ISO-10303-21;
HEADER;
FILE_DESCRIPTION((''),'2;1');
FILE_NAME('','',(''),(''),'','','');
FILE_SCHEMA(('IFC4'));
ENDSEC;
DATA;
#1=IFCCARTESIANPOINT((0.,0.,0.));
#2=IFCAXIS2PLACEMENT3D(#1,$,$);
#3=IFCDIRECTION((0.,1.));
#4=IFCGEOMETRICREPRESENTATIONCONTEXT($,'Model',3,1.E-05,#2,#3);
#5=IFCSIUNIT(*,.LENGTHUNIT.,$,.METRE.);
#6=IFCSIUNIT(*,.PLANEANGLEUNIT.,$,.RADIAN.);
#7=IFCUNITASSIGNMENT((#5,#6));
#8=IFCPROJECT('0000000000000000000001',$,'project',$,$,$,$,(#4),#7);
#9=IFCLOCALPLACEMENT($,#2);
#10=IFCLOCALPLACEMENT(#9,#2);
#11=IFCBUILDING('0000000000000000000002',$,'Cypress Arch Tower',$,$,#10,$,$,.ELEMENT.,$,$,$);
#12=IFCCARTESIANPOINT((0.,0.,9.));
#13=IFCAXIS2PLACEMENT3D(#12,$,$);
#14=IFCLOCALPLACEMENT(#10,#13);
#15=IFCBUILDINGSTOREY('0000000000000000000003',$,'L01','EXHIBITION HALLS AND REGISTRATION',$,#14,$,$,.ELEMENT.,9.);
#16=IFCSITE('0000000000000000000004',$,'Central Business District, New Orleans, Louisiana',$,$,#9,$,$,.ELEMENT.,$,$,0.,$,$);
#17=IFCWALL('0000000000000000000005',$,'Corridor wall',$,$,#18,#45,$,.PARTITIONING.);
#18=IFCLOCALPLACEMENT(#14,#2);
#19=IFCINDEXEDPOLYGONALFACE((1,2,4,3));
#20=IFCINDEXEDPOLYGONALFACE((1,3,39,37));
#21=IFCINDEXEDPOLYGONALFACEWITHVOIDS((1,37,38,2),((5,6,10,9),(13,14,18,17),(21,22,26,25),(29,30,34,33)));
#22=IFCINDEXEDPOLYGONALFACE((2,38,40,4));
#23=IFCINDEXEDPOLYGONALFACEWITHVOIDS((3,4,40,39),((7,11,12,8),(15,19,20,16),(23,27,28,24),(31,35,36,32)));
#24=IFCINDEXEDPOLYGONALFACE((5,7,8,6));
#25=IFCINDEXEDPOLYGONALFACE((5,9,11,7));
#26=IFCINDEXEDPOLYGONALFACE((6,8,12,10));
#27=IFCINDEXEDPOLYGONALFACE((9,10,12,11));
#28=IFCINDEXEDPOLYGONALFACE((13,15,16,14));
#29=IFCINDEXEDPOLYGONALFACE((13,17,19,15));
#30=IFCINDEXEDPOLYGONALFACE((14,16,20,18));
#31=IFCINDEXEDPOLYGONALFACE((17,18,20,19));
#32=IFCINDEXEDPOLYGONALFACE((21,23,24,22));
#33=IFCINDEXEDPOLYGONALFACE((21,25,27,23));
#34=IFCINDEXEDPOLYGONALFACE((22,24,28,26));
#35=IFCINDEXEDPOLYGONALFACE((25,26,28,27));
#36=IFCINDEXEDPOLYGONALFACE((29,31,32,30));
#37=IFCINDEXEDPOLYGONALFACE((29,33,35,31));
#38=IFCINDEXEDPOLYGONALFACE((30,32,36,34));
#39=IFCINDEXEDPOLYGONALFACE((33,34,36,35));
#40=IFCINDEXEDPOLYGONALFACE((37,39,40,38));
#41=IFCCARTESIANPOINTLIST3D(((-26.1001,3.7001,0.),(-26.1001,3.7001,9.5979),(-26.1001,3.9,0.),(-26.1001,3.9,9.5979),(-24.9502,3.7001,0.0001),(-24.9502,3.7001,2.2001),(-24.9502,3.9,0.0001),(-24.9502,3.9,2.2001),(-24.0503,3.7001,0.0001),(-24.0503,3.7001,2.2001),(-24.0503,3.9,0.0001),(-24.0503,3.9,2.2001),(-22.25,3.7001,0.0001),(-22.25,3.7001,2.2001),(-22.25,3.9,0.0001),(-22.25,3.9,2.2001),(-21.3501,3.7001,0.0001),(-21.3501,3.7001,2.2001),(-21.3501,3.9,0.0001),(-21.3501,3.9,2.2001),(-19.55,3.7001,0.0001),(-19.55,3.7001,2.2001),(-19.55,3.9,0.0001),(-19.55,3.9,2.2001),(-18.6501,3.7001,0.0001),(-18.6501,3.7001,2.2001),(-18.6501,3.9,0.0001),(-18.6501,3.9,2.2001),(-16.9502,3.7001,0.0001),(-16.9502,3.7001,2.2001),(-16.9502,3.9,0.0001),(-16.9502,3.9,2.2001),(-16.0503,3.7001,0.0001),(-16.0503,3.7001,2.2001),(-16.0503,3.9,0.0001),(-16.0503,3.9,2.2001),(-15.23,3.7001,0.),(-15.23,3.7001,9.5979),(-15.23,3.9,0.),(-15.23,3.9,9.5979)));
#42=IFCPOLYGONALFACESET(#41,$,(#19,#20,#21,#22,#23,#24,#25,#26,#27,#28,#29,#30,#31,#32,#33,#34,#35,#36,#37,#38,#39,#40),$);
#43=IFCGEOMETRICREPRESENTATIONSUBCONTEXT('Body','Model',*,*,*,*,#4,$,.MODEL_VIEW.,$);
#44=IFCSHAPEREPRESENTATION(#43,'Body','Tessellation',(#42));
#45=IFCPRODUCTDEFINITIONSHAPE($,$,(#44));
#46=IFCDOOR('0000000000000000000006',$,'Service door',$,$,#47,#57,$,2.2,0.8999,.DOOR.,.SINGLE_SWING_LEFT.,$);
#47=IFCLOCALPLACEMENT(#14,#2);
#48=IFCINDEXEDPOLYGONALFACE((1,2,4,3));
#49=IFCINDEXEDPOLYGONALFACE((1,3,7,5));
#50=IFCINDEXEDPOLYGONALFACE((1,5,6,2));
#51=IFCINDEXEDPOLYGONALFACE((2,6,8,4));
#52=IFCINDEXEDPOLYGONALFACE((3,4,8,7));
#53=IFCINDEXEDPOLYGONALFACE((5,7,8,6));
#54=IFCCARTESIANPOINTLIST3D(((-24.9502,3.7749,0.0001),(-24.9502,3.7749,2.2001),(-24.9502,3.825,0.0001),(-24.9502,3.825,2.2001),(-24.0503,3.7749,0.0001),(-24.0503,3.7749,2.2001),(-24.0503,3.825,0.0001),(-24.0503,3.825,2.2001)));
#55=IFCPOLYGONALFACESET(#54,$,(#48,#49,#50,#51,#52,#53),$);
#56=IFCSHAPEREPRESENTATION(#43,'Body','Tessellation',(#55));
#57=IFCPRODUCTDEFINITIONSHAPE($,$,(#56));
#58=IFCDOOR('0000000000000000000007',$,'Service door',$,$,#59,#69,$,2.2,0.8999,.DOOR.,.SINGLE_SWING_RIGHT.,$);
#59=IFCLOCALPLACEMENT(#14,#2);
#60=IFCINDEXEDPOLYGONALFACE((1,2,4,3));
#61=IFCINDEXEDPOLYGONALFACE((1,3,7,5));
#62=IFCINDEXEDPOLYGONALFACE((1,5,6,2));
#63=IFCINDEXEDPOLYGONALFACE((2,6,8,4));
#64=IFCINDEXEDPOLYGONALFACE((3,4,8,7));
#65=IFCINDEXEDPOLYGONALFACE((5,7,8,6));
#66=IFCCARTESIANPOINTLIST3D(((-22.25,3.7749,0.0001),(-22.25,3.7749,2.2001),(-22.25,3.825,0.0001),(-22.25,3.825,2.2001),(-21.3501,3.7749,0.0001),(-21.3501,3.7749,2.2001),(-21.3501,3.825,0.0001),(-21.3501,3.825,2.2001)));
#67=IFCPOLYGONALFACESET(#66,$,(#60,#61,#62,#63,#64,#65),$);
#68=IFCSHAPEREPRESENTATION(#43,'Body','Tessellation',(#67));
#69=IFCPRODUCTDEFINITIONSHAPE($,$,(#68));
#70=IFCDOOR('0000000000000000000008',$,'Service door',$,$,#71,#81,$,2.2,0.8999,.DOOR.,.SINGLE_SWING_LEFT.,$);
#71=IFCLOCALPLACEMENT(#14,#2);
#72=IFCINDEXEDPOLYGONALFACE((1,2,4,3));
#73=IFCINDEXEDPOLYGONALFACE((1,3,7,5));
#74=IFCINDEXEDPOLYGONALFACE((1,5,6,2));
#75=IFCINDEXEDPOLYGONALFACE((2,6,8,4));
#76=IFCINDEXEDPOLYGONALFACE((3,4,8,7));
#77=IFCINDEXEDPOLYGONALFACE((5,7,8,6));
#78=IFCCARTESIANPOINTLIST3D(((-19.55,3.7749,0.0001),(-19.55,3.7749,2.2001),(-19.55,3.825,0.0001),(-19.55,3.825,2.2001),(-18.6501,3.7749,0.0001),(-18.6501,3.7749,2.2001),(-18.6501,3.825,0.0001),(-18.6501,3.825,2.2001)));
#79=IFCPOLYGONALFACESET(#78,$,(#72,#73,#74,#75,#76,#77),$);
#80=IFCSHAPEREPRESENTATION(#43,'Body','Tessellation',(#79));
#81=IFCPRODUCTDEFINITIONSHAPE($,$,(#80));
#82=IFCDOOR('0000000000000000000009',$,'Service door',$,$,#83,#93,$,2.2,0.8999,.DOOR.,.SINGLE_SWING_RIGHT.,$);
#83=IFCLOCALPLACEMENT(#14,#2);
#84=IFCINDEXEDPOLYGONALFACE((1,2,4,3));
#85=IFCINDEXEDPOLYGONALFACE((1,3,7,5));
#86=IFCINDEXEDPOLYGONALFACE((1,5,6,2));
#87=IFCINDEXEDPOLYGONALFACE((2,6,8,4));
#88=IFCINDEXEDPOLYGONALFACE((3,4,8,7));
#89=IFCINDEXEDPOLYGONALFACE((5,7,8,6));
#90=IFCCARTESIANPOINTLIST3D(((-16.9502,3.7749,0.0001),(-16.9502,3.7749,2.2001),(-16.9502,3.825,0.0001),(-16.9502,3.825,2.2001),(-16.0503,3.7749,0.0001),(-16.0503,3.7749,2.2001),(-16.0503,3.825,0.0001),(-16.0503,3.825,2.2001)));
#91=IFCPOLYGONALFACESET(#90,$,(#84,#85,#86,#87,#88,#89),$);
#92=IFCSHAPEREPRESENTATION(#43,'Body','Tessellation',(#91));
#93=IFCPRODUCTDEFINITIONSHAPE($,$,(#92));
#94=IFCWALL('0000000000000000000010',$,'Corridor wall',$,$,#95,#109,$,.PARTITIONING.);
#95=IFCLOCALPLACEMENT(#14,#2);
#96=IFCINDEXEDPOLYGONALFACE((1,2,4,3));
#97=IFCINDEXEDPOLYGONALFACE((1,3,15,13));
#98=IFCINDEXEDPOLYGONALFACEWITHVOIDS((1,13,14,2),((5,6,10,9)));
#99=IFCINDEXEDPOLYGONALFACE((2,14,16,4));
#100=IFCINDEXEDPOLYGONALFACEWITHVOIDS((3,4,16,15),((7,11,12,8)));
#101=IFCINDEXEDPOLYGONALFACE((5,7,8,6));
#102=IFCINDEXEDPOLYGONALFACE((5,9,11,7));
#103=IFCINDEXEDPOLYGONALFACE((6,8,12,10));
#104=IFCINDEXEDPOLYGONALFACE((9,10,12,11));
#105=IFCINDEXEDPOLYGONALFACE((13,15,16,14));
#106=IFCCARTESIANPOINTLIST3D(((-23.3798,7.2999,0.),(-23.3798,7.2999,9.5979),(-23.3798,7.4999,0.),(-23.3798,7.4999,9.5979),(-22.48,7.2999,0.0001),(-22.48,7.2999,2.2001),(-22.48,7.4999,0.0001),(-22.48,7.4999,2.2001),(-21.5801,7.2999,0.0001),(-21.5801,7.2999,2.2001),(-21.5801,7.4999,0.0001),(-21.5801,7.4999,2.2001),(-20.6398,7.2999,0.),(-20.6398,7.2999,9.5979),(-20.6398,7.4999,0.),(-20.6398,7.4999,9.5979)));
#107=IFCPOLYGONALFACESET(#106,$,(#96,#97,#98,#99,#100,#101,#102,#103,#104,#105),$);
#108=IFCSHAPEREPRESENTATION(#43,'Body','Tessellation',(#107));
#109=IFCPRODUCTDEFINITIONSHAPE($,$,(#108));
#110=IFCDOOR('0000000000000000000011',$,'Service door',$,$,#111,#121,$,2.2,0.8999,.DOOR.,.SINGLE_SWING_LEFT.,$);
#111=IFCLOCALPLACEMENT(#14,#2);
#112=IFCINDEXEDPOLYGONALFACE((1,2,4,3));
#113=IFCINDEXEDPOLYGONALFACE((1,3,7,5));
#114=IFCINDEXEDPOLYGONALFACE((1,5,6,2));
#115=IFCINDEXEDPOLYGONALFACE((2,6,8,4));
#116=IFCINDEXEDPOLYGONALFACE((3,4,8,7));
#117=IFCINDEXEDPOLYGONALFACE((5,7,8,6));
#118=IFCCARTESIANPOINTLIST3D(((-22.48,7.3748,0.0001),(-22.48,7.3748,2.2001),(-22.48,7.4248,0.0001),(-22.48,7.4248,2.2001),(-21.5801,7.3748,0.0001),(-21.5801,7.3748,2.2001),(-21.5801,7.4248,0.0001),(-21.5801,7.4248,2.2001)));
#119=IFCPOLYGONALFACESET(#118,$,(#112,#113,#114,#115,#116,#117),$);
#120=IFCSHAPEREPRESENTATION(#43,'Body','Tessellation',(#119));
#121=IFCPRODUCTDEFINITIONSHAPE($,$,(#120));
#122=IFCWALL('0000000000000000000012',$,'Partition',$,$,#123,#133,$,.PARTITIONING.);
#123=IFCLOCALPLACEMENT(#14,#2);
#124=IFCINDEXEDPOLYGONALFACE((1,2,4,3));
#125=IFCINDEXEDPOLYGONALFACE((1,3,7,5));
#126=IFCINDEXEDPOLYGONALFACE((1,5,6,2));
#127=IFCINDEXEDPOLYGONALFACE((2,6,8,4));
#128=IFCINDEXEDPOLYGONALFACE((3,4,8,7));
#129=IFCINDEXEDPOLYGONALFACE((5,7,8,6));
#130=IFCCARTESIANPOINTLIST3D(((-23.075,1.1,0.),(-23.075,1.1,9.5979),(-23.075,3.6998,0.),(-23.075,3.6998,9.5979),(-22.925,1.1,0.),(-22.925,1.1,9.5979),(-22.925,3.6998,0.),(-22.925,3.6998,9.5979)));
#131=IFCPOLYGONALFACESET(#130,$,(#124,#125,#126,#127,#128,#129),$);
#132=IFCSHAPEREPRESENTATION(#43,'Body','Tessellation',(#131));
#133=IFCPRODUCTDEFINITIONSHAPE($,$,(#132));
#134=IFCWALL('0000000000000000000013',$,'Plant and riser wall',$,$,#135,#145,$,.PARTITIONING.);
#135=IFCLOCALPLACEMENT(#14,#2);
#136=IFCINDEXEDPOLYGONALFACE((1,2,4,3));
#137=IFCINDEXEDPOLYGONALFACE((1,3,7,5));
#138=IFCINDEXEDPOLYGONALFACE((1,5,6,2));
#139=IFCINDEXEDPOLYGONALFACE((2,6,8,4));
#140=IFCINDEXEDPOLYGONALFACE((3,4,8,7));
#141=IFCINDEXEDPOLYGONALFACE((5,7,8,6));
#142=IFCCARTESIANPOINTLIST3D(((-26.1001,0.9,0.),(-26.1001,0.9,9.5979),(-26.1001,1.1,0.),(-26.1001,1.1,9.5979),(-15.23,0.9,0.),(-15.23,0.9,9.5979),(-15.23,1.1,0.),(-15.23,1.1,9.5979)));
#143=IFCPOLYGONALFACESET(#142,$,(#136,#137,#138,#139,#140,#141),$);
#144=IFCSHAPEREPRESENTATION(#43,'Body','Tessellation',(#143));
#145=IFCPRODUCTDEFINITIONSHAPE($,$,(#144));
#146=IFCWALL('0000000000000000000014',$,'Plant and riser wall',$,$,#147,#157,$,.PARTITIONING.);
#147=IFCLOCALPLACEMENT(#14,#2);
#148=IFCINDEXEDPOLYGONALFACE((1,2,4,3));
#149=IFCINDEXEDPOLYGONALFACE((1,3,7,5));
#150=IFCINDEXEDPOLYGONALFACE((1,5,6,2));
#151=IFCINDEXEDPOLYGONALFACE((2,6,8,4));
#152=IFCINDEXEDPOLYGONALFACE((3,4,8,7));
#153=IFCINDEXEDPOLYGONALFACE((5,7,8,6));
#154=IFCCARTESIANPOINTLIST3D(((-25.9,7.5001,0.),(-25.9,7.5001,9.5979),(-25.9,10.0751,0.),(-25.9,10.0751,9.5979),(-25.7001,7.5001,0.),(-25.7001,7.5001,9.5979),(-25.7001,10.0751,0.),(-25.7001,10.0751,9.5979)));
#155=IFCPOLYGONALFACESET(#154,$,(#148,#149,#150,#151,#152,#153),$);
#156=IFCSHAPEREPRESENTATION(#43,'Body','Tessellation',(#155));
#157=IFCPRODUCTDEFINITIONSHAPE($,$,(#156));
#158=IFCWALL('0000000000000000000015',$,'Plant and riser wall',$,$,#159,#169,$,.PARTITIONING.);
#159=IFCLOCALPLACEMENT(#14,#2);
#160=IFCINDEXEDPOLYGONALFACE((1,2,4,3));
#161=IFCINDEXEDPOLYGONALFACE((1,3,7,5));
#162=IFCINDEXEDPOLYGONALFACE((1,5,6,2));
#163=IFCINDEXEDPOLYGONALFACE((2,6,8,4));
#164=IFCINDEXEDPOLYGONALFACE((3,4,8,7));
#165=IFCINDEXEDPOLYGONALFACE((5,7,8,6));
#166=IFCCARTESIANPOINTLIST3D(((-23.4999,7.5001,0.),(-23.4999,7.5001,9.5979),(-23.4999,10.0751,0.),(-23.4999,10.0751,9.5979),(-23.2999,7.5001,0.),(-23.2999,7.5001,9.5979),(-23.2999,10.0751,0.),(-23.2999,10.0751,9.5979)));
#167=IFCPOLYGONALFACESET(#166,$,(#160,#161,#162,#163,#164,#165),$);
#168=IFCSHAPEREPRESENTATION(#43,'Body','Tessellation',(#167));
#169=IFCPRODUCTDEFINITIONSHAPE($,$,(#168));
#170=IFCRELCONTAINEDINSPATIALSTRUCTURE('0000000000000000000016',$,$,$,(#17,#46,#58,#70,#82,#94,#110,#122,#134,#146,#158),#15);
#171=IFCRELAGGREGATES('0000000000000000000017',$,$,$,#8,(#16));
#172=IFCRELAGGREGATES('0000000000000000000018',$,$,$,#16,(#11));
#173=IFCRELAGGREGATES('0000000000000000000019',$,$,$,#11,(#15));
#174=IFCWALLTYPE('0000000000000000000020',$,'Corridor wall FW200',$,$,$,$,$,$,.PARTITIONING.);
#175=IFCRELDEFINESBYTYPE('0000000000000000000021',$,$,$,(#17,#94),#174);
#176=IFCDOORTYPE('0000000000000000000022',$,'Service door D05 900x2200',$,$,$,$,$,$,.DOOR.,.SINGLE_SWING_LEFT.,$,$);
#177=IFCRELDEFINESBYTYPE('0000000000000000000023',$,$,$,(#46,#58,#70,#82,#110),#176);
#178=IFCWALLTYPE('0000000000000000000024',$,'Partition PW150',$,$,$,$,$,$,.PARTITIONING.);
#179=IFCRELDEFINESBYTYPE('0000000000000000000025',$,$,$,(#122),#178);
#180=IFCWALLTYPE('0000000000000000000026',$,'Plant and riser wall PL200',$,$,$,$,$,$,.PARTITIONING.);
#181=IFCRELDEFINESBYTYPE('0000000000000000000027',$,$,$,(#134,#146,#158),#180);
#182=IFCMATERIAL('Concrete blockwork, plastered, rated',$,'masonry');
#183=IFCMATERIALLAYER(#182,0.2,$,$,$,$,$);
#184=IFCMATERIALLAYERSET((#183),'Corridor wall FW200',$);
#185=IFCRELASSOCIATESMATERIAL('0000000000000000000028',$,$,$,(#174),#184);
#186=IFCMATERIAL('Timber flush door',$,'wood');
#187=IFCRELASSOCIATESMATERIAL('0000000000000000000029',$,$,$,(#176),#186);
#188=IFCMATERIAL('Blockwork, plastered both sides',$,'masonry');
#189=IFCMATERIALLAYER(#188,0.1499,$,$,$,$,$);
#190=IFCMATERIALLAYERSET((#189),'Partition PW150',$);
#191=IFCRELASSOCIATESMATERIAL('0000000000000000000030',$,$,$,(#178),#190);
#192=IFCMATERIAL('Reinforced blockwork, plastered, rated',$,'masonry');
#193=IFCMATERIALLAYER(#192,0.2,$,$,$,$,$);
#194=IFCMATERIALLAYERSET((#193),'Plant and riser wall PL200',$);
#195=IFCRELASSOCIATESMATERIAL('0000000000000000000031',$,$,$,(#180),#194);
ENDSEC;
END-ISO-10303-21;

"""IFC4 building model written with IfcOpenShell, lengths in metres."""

from ifc_helpers import new_model, si_unit, direction, frame, frame_2d, origin, place, context, subcontext, project, spatial, rectangle, extrude, material, layer, layer_set, type_object, element, fill, save


model = new_model("IFC4")

# Units and contexts
model_context = context("Model", 3, precision=1e-05, world=origin(), true_north=direction((0.0, 1.0)))
body_context = subcontext(model_context, "Body", "Model", "MODEL_VIEW")
ifc_project = project(units=[si_unit("LENGTHUNIT", "METRE"), si_unit("PLANEANGLEUNIT", "RADIAN")], contexts=[model_context])

# Site, building, storey
site_placement = place(None, origin())
site = spatial("IfcSite", under=ifc_project, at=site_placement, Name="Central Business District, New Orleans, Louisiana", CompositionType="ELEMENT", RefElevation=0.0)
building_placement = place(site_placement, origin())
building = spatial("IfcBuilding", under=site, at=building_placement, Name="Cypress Arch Tower", CompositionType="ELEMENT")
storey_placement = place(building_placement, frame((0.0, 0.0, 9.0)))
storey = spatial("IfcBuildingStorey", under=building, at=storey_placement, Name="L01", Description="EXHIBITION HALLS AND REGISTRATION", CompositionType="ELEMENT", Elevation=9.0)

# Wall, openings, doors
ifc_material_1 = material(Name="Concrete blockwork, plastered, rated", Category="masonry")
ifc_layer_1 = layer(ifc_material_1, 0.2)
ifc_layer_set_1 = layer_set([ifc_layer_1], Name="Corridor wall FW200")
wall_type_1 = type_object("IfcWallType", Name="Corridor wall FW200", PredefinedType="PARTITIONING", material=ifc_layer_set_1)
wall_1_placement = place(storey_placement, frame((-26.1001, 3.8, 0.0), z_axis=(0.0, 0.0, 1.0), x_axis=(1.0, 0.0, 0.0)))
wall_1 = element("IfcWall", 1, at=wall_1_placement, inside=storey, type_object=wall_type_1, Name="Corridor wall", PredefinedType="PARTITIONING", context=body_context, shape_type="SweptSolid", body=[
    extrude(rectangle(XDim=10.8701, YDim=0.2, at=frame_2d((5.4351, 0.0))), origin(), (0.0, 0.0, 1.0), 9.5979),
])
opening_1_placement = place(wall_1_placement, frame((1.1499, 0.0, 0.0)))
opening_1 = element("IfcOpeningElement", 2, at=opening_1_placement, cuts=wall_1, PredefinedType="OPENING", context=body_context, shape_type="SweptSolid", body=[
    extrude(rectangle(XDim=0.8999, YDim=2.2, at=frame_2d((0.45, 1.1001))), frame((0.0, 0.1099, 0.0), z_axis=(0.0, -1.0, 0.0), x_axis=(1.0, 0.0, 0.0)), (0.0, 0.0, 1.0), 0.22),
])
opening_2_placement = place(wall_1_placement, frame((3.8501, 0.0, 0.0)))
opening_2 = element("IfcOpeningElement", 3, at=opening_2_placement, cuts=wall_1, PredefinedType="OPENING", context=body_context, shape_type="SweptSolid", body=[
    extrude(rectangle(XDim=0.8999, YDim=2.2, at=frame_2d((0.45, 1.1001))), frame((0.0, 0.1099, 0.0), z_axis=(0.0, -1.0, 0.0), x_axis=(1.0, 0.0, 0.0)), (0.0, 0.0, 1.0), 0.22),
])
opening_3_placement = place(wall_1_placement, frame((6.55, 0.0, 0.0)))
opening_3 = element("IfcOpeningElement", 4, at=opening_3_placement, cuts=wall_1, PredefinedType="OPENING", context=body_context, shape_type="SweptSolid", body=[
    extrude(rectangle(XDim=0.8999, YDim=2.2, at=frame_2d((0.45, 1.1001))), frame((0.0, 0.1099, 0.0), z_axis=(0.0, -1.0, 0.0), x_axis=(1.0, 0.0, 0.0)), (0.0, 0.0, 1.0), 0.22),
])
opening_4_placement = place(wall_1_placement, frame((9.1499, 0.0, 0.0)))
opening_4 = element("IfcOpeningElement", 5, at=opening_4_placement, cuts=wall_1, PredefinedType="OPENING", context=body_context, shape_type="SweptSolid", body=[
    extrude(rectangle(XDim=0.8999, YDim=2.2, at=frame_2d((0.45, 1.1001))), frame((0.0, 0.1099, 0.0), z_axis=(0.0, -1.0, 0.0), x_axis=(1.0, 0.0, 0.0)), (0.0, 0.0, 1.0), 0.22),
])
ifc_material_2 = material(Name="Timber flush door", Category="wood")
door_type_1 = type_object("IfcDoorType", Name="Service door D05 900x2200", OperationType="SINGLE_SWING_LEFT", PredefinedType="DOOR", material=ifc_material_2)
door_1_placement = place(opening_1_placement, origin())
door_1 = element("IfcDoor", 6, at=door_1_placement, inside=storey, type_object=door_type_1, Name="Service door", OperationType="SINGLE_SWING_LEFT", OverallHeight=2.2, OverallWidth=0.8999, PredefinedType="DOOR", context=body_context, shape_type="SweptSolid", body=[
    extrude(rectangle(XDim=0.8999, YDim=2.2, at=frame_2d((0.45, 1.1001))), frame((0.0, 0.0249, 0.0), z_axis=(0.0, -1.0, 0.0), x_axis=(1.0, 0.0, 0.0)), (0.0, 0.0, 1.0), 0.05),
])
fill(opening_1, door_1)
door_2_placement = place(opening_2_placement, origin())
door_2 = element("IfcDoor", 7, at=door_2_placement, inside=storey, type_object=door_type_1, Name="Service door", OperationType="SINGLE_SWING_RIGHT", OverallHeight=2.2, OverallWidth=0.8999, PredefinedType="DOOR", context=body_context, shape_type="SweptSolid", body=[
    extrude(rectangle(XDim=0.8999, YDim=2.2, at=frame_2d((0.45, 1.1001))), frame((0.0, 0.0249, 0.0), z_axis=(0.0, -1.0, 0.0), x_axis=(1.0, 0.0, 0.0)), (0.0, 0.0, 1.0), 0.05),
])
fill(opening_2, door_2)
door_3_placement = place(opening_3_placement, origin())
door_3 = element("IfcDoor", 8, at=door_3_placement, inside=storey, type_object=door_type_1, Name="Service door", OperationType="SINGLE_SWING_LEFT", OverallHeight=2.2, OverallWidth=0.8999, PredefinedType="DOOR", context=body_context, shape_type="SweptSolid", body=[
    extrude(rectangle(XDim=0.8999, YDim=2.2, at=frame_2d((0.45, 1.1001))), frame((0.0, 0.0249, 0.0), z_axis=(0.0, -1.0, 0.0), x_axis=(1.0, 0.0, 0.0)), (0.0, 0.0, 1.0), 0.05),
])
fill(opening_3, door_3)
door_4_placement = place(opening_4_placement, origin())
door_4 = element("IfcDoor", 9, at=door_4_placement, inside=storey, type_object=door_type_1, Name="Service door", OperationType="SINGLE_SWING_RIGHT", OverallHeight=2.2, OverallWidth=0.8999, PredefinedType="DOOR", context=body_context, shape_type="SweptSolid", body=[
    extrude(rectangle(XDim=0.8999, YDim=2.2, at=frame_2d((0.45, 1.1001))), frame((0.0, 0.0249, 0.0), z_axis=(0.0, -1.0, 0.0), x_axis=(1.0, 0.0, 0.0)), (0.0, 0.0, 1.0), 0.05),
])
fill(opening_4, door_4)

# Wall, opening, door
wall_2_placement = place(storey_placement, frame((-23.3799, 7.3999, 0.0), z_axis=(0.0, 0.0, 1.0), x_axis=(1.0, 0.0, 0.0)))
wall_2 = element("IfcWall", 10, at=wall_2_placement, inside=storey, type_object=wall_type_1, Name="Corridor wall", PredefinedType="PARTITIONING", context=body_context, shape_type="SweptSolid", body=[
    extrude(rectangle(XDim=2.74, YDim=0.2, at=frame_2d((1.3701, 0.0))), origin(), (0.0, 0.0, 1.0), 9.5979),
])
opening_5_placement = place(wall_2_placement, frame((0.8999, 0.0, 0.0)))
opening_5 = element("IfcOpeningElement", 11, at=opening_5_placement, cuts=wall_2, PredefinedType="OPENING", context=body_context, shape_type="SweptSolid", body=[
    extrude(rectangle(XDim=0.8999, YDim=2.2, at=frame_2d((0.45, 1.1001))), frame((0.0, 0.1099, 0.0), z_axis=(0.0, -1.0, 0.0), x_axis=(1.0, 0.0, 0.0)), (0.0, 0.0, 1.0), 0.22),
])
door_5_placement = place(opening_5_placement, origin())
door_5 = element("IfcDoor", 12, at=door_5_placement, inside=storey, type_object=door_type_1, Name="Service door", OperationType="SINGLE_SWING_LEFT", OverallHeight=2.2, OverallWidth=0.8999, PredefinedType="DOOR", context=body_context, shape_type="SweptSolid", body=[
    extrude(rectangle(XDim=0.8999, YDim=2.2, at=frame_2d((0.45, 1.1001))), frame((0.0, 0.0249, 0.0), z_axis=(0.0, -1.0, 0.0), x_axis=(1.0, 0.0, 0.0)), (0.0, 0.0, 1.0), 0.05),
])
fill(opening_5, door_5)

# Walls
ifc_material_3 = material(Name="Blockwork, plastered both sides", Category="masonry")
ifc_layer_2 = layer(ifc_material_3, 0.1499)
ifc_layer_set_2 = layer_set([ifc_layer_2], Name="Partition PW150")
wall_type_2 = type_object("IfcWallType", Name="Partition PW150", PredefinedType="PARTITIONING", material=ifc_layer_set_2)
wall_3_placement = place(storey_placement, frame((-23.0, 1.1001, 0.0), z_axis=(0.0, 0.0, 1.0), x_axis=(0.0, 1.0, 0.0)))
element("IfcWall", 13, at=wall_3_placement, inside=storey, type_object=wall_type_2, Name="Partition", PredefinedType="PARTITIONING", context=body_context, shape_type="SweptSolid", body=[
    extrude(rectangle(XDim=2.5999, YDim=0.1499, at=frame_2d((1.2998, 0.0))), origin(), (0.0, 0.0, 1.0), 9.5979),
])
ifc_material_4 = material(Name="Reinforced blockwork, plastered, rated", Category="masonry")
ifc_layer_3 = layer(ifc_material_4, 0.2)
ifc_layer_set_3 = layer_set([ifc_layer_3], Name="Plant and riser wall PL200")
wall_type_3 = type_object("IfcWallType", Name="Plant and riser wall PL200", PredefinedType="PARTITIONING", material=ifc_layer_set_3)
wall_4_placement = place(storey_placement, frame((-26.1001, 1.0, 0.0), z_axis=(0.0, 0.0, 1.0), x_axis=(1.0, 0.0, 0.0)))
element("IfcWall", 14, at=wall_4_placement, inside=storey, type_object=wall_type_3, Name="Plant and riser wall", PredefinedType="PARTITIONING", context=body_context, shape_type="SweptSolid", body=[
    extrude(rectangle(XDim=10.8701, YDim=0.2, at=frame_2d((5.4351, 0.0))), origin(), (0.0, 0.0, 1.0), 9.5979),
])
for number, where, z_axis, x_axis, name in (
    (15, (-25.8, 7.5, 0.0), (0.0, 0.0, 1.0), (0.0, 1.0, 0.0), "Plant and riser wall"),
    (16, (-23.3999, 7.5, 0.0), (0.0, 0.0, 1.0), (0.0, 1.0, 0.0), "Plant and riser wall"),
):
    element("IfcWall", number, at=place(storey_placement, frame(where, z_axis=z_axis, x_axis=x_axis)), inside=storey, type_object=wall_type_3, Name=name, PredefinedType="PARTITIONING", context=body_context, shape_type="SweptSolid", body=[
        extrude(rectangle(XDim=2.575, YDim=0.2, at=frame_2d((1.2876, 0.0))), origin(), (0.0, 0.0, 1.0), 9.5979),
    ])

save(model, "model.ifc")
